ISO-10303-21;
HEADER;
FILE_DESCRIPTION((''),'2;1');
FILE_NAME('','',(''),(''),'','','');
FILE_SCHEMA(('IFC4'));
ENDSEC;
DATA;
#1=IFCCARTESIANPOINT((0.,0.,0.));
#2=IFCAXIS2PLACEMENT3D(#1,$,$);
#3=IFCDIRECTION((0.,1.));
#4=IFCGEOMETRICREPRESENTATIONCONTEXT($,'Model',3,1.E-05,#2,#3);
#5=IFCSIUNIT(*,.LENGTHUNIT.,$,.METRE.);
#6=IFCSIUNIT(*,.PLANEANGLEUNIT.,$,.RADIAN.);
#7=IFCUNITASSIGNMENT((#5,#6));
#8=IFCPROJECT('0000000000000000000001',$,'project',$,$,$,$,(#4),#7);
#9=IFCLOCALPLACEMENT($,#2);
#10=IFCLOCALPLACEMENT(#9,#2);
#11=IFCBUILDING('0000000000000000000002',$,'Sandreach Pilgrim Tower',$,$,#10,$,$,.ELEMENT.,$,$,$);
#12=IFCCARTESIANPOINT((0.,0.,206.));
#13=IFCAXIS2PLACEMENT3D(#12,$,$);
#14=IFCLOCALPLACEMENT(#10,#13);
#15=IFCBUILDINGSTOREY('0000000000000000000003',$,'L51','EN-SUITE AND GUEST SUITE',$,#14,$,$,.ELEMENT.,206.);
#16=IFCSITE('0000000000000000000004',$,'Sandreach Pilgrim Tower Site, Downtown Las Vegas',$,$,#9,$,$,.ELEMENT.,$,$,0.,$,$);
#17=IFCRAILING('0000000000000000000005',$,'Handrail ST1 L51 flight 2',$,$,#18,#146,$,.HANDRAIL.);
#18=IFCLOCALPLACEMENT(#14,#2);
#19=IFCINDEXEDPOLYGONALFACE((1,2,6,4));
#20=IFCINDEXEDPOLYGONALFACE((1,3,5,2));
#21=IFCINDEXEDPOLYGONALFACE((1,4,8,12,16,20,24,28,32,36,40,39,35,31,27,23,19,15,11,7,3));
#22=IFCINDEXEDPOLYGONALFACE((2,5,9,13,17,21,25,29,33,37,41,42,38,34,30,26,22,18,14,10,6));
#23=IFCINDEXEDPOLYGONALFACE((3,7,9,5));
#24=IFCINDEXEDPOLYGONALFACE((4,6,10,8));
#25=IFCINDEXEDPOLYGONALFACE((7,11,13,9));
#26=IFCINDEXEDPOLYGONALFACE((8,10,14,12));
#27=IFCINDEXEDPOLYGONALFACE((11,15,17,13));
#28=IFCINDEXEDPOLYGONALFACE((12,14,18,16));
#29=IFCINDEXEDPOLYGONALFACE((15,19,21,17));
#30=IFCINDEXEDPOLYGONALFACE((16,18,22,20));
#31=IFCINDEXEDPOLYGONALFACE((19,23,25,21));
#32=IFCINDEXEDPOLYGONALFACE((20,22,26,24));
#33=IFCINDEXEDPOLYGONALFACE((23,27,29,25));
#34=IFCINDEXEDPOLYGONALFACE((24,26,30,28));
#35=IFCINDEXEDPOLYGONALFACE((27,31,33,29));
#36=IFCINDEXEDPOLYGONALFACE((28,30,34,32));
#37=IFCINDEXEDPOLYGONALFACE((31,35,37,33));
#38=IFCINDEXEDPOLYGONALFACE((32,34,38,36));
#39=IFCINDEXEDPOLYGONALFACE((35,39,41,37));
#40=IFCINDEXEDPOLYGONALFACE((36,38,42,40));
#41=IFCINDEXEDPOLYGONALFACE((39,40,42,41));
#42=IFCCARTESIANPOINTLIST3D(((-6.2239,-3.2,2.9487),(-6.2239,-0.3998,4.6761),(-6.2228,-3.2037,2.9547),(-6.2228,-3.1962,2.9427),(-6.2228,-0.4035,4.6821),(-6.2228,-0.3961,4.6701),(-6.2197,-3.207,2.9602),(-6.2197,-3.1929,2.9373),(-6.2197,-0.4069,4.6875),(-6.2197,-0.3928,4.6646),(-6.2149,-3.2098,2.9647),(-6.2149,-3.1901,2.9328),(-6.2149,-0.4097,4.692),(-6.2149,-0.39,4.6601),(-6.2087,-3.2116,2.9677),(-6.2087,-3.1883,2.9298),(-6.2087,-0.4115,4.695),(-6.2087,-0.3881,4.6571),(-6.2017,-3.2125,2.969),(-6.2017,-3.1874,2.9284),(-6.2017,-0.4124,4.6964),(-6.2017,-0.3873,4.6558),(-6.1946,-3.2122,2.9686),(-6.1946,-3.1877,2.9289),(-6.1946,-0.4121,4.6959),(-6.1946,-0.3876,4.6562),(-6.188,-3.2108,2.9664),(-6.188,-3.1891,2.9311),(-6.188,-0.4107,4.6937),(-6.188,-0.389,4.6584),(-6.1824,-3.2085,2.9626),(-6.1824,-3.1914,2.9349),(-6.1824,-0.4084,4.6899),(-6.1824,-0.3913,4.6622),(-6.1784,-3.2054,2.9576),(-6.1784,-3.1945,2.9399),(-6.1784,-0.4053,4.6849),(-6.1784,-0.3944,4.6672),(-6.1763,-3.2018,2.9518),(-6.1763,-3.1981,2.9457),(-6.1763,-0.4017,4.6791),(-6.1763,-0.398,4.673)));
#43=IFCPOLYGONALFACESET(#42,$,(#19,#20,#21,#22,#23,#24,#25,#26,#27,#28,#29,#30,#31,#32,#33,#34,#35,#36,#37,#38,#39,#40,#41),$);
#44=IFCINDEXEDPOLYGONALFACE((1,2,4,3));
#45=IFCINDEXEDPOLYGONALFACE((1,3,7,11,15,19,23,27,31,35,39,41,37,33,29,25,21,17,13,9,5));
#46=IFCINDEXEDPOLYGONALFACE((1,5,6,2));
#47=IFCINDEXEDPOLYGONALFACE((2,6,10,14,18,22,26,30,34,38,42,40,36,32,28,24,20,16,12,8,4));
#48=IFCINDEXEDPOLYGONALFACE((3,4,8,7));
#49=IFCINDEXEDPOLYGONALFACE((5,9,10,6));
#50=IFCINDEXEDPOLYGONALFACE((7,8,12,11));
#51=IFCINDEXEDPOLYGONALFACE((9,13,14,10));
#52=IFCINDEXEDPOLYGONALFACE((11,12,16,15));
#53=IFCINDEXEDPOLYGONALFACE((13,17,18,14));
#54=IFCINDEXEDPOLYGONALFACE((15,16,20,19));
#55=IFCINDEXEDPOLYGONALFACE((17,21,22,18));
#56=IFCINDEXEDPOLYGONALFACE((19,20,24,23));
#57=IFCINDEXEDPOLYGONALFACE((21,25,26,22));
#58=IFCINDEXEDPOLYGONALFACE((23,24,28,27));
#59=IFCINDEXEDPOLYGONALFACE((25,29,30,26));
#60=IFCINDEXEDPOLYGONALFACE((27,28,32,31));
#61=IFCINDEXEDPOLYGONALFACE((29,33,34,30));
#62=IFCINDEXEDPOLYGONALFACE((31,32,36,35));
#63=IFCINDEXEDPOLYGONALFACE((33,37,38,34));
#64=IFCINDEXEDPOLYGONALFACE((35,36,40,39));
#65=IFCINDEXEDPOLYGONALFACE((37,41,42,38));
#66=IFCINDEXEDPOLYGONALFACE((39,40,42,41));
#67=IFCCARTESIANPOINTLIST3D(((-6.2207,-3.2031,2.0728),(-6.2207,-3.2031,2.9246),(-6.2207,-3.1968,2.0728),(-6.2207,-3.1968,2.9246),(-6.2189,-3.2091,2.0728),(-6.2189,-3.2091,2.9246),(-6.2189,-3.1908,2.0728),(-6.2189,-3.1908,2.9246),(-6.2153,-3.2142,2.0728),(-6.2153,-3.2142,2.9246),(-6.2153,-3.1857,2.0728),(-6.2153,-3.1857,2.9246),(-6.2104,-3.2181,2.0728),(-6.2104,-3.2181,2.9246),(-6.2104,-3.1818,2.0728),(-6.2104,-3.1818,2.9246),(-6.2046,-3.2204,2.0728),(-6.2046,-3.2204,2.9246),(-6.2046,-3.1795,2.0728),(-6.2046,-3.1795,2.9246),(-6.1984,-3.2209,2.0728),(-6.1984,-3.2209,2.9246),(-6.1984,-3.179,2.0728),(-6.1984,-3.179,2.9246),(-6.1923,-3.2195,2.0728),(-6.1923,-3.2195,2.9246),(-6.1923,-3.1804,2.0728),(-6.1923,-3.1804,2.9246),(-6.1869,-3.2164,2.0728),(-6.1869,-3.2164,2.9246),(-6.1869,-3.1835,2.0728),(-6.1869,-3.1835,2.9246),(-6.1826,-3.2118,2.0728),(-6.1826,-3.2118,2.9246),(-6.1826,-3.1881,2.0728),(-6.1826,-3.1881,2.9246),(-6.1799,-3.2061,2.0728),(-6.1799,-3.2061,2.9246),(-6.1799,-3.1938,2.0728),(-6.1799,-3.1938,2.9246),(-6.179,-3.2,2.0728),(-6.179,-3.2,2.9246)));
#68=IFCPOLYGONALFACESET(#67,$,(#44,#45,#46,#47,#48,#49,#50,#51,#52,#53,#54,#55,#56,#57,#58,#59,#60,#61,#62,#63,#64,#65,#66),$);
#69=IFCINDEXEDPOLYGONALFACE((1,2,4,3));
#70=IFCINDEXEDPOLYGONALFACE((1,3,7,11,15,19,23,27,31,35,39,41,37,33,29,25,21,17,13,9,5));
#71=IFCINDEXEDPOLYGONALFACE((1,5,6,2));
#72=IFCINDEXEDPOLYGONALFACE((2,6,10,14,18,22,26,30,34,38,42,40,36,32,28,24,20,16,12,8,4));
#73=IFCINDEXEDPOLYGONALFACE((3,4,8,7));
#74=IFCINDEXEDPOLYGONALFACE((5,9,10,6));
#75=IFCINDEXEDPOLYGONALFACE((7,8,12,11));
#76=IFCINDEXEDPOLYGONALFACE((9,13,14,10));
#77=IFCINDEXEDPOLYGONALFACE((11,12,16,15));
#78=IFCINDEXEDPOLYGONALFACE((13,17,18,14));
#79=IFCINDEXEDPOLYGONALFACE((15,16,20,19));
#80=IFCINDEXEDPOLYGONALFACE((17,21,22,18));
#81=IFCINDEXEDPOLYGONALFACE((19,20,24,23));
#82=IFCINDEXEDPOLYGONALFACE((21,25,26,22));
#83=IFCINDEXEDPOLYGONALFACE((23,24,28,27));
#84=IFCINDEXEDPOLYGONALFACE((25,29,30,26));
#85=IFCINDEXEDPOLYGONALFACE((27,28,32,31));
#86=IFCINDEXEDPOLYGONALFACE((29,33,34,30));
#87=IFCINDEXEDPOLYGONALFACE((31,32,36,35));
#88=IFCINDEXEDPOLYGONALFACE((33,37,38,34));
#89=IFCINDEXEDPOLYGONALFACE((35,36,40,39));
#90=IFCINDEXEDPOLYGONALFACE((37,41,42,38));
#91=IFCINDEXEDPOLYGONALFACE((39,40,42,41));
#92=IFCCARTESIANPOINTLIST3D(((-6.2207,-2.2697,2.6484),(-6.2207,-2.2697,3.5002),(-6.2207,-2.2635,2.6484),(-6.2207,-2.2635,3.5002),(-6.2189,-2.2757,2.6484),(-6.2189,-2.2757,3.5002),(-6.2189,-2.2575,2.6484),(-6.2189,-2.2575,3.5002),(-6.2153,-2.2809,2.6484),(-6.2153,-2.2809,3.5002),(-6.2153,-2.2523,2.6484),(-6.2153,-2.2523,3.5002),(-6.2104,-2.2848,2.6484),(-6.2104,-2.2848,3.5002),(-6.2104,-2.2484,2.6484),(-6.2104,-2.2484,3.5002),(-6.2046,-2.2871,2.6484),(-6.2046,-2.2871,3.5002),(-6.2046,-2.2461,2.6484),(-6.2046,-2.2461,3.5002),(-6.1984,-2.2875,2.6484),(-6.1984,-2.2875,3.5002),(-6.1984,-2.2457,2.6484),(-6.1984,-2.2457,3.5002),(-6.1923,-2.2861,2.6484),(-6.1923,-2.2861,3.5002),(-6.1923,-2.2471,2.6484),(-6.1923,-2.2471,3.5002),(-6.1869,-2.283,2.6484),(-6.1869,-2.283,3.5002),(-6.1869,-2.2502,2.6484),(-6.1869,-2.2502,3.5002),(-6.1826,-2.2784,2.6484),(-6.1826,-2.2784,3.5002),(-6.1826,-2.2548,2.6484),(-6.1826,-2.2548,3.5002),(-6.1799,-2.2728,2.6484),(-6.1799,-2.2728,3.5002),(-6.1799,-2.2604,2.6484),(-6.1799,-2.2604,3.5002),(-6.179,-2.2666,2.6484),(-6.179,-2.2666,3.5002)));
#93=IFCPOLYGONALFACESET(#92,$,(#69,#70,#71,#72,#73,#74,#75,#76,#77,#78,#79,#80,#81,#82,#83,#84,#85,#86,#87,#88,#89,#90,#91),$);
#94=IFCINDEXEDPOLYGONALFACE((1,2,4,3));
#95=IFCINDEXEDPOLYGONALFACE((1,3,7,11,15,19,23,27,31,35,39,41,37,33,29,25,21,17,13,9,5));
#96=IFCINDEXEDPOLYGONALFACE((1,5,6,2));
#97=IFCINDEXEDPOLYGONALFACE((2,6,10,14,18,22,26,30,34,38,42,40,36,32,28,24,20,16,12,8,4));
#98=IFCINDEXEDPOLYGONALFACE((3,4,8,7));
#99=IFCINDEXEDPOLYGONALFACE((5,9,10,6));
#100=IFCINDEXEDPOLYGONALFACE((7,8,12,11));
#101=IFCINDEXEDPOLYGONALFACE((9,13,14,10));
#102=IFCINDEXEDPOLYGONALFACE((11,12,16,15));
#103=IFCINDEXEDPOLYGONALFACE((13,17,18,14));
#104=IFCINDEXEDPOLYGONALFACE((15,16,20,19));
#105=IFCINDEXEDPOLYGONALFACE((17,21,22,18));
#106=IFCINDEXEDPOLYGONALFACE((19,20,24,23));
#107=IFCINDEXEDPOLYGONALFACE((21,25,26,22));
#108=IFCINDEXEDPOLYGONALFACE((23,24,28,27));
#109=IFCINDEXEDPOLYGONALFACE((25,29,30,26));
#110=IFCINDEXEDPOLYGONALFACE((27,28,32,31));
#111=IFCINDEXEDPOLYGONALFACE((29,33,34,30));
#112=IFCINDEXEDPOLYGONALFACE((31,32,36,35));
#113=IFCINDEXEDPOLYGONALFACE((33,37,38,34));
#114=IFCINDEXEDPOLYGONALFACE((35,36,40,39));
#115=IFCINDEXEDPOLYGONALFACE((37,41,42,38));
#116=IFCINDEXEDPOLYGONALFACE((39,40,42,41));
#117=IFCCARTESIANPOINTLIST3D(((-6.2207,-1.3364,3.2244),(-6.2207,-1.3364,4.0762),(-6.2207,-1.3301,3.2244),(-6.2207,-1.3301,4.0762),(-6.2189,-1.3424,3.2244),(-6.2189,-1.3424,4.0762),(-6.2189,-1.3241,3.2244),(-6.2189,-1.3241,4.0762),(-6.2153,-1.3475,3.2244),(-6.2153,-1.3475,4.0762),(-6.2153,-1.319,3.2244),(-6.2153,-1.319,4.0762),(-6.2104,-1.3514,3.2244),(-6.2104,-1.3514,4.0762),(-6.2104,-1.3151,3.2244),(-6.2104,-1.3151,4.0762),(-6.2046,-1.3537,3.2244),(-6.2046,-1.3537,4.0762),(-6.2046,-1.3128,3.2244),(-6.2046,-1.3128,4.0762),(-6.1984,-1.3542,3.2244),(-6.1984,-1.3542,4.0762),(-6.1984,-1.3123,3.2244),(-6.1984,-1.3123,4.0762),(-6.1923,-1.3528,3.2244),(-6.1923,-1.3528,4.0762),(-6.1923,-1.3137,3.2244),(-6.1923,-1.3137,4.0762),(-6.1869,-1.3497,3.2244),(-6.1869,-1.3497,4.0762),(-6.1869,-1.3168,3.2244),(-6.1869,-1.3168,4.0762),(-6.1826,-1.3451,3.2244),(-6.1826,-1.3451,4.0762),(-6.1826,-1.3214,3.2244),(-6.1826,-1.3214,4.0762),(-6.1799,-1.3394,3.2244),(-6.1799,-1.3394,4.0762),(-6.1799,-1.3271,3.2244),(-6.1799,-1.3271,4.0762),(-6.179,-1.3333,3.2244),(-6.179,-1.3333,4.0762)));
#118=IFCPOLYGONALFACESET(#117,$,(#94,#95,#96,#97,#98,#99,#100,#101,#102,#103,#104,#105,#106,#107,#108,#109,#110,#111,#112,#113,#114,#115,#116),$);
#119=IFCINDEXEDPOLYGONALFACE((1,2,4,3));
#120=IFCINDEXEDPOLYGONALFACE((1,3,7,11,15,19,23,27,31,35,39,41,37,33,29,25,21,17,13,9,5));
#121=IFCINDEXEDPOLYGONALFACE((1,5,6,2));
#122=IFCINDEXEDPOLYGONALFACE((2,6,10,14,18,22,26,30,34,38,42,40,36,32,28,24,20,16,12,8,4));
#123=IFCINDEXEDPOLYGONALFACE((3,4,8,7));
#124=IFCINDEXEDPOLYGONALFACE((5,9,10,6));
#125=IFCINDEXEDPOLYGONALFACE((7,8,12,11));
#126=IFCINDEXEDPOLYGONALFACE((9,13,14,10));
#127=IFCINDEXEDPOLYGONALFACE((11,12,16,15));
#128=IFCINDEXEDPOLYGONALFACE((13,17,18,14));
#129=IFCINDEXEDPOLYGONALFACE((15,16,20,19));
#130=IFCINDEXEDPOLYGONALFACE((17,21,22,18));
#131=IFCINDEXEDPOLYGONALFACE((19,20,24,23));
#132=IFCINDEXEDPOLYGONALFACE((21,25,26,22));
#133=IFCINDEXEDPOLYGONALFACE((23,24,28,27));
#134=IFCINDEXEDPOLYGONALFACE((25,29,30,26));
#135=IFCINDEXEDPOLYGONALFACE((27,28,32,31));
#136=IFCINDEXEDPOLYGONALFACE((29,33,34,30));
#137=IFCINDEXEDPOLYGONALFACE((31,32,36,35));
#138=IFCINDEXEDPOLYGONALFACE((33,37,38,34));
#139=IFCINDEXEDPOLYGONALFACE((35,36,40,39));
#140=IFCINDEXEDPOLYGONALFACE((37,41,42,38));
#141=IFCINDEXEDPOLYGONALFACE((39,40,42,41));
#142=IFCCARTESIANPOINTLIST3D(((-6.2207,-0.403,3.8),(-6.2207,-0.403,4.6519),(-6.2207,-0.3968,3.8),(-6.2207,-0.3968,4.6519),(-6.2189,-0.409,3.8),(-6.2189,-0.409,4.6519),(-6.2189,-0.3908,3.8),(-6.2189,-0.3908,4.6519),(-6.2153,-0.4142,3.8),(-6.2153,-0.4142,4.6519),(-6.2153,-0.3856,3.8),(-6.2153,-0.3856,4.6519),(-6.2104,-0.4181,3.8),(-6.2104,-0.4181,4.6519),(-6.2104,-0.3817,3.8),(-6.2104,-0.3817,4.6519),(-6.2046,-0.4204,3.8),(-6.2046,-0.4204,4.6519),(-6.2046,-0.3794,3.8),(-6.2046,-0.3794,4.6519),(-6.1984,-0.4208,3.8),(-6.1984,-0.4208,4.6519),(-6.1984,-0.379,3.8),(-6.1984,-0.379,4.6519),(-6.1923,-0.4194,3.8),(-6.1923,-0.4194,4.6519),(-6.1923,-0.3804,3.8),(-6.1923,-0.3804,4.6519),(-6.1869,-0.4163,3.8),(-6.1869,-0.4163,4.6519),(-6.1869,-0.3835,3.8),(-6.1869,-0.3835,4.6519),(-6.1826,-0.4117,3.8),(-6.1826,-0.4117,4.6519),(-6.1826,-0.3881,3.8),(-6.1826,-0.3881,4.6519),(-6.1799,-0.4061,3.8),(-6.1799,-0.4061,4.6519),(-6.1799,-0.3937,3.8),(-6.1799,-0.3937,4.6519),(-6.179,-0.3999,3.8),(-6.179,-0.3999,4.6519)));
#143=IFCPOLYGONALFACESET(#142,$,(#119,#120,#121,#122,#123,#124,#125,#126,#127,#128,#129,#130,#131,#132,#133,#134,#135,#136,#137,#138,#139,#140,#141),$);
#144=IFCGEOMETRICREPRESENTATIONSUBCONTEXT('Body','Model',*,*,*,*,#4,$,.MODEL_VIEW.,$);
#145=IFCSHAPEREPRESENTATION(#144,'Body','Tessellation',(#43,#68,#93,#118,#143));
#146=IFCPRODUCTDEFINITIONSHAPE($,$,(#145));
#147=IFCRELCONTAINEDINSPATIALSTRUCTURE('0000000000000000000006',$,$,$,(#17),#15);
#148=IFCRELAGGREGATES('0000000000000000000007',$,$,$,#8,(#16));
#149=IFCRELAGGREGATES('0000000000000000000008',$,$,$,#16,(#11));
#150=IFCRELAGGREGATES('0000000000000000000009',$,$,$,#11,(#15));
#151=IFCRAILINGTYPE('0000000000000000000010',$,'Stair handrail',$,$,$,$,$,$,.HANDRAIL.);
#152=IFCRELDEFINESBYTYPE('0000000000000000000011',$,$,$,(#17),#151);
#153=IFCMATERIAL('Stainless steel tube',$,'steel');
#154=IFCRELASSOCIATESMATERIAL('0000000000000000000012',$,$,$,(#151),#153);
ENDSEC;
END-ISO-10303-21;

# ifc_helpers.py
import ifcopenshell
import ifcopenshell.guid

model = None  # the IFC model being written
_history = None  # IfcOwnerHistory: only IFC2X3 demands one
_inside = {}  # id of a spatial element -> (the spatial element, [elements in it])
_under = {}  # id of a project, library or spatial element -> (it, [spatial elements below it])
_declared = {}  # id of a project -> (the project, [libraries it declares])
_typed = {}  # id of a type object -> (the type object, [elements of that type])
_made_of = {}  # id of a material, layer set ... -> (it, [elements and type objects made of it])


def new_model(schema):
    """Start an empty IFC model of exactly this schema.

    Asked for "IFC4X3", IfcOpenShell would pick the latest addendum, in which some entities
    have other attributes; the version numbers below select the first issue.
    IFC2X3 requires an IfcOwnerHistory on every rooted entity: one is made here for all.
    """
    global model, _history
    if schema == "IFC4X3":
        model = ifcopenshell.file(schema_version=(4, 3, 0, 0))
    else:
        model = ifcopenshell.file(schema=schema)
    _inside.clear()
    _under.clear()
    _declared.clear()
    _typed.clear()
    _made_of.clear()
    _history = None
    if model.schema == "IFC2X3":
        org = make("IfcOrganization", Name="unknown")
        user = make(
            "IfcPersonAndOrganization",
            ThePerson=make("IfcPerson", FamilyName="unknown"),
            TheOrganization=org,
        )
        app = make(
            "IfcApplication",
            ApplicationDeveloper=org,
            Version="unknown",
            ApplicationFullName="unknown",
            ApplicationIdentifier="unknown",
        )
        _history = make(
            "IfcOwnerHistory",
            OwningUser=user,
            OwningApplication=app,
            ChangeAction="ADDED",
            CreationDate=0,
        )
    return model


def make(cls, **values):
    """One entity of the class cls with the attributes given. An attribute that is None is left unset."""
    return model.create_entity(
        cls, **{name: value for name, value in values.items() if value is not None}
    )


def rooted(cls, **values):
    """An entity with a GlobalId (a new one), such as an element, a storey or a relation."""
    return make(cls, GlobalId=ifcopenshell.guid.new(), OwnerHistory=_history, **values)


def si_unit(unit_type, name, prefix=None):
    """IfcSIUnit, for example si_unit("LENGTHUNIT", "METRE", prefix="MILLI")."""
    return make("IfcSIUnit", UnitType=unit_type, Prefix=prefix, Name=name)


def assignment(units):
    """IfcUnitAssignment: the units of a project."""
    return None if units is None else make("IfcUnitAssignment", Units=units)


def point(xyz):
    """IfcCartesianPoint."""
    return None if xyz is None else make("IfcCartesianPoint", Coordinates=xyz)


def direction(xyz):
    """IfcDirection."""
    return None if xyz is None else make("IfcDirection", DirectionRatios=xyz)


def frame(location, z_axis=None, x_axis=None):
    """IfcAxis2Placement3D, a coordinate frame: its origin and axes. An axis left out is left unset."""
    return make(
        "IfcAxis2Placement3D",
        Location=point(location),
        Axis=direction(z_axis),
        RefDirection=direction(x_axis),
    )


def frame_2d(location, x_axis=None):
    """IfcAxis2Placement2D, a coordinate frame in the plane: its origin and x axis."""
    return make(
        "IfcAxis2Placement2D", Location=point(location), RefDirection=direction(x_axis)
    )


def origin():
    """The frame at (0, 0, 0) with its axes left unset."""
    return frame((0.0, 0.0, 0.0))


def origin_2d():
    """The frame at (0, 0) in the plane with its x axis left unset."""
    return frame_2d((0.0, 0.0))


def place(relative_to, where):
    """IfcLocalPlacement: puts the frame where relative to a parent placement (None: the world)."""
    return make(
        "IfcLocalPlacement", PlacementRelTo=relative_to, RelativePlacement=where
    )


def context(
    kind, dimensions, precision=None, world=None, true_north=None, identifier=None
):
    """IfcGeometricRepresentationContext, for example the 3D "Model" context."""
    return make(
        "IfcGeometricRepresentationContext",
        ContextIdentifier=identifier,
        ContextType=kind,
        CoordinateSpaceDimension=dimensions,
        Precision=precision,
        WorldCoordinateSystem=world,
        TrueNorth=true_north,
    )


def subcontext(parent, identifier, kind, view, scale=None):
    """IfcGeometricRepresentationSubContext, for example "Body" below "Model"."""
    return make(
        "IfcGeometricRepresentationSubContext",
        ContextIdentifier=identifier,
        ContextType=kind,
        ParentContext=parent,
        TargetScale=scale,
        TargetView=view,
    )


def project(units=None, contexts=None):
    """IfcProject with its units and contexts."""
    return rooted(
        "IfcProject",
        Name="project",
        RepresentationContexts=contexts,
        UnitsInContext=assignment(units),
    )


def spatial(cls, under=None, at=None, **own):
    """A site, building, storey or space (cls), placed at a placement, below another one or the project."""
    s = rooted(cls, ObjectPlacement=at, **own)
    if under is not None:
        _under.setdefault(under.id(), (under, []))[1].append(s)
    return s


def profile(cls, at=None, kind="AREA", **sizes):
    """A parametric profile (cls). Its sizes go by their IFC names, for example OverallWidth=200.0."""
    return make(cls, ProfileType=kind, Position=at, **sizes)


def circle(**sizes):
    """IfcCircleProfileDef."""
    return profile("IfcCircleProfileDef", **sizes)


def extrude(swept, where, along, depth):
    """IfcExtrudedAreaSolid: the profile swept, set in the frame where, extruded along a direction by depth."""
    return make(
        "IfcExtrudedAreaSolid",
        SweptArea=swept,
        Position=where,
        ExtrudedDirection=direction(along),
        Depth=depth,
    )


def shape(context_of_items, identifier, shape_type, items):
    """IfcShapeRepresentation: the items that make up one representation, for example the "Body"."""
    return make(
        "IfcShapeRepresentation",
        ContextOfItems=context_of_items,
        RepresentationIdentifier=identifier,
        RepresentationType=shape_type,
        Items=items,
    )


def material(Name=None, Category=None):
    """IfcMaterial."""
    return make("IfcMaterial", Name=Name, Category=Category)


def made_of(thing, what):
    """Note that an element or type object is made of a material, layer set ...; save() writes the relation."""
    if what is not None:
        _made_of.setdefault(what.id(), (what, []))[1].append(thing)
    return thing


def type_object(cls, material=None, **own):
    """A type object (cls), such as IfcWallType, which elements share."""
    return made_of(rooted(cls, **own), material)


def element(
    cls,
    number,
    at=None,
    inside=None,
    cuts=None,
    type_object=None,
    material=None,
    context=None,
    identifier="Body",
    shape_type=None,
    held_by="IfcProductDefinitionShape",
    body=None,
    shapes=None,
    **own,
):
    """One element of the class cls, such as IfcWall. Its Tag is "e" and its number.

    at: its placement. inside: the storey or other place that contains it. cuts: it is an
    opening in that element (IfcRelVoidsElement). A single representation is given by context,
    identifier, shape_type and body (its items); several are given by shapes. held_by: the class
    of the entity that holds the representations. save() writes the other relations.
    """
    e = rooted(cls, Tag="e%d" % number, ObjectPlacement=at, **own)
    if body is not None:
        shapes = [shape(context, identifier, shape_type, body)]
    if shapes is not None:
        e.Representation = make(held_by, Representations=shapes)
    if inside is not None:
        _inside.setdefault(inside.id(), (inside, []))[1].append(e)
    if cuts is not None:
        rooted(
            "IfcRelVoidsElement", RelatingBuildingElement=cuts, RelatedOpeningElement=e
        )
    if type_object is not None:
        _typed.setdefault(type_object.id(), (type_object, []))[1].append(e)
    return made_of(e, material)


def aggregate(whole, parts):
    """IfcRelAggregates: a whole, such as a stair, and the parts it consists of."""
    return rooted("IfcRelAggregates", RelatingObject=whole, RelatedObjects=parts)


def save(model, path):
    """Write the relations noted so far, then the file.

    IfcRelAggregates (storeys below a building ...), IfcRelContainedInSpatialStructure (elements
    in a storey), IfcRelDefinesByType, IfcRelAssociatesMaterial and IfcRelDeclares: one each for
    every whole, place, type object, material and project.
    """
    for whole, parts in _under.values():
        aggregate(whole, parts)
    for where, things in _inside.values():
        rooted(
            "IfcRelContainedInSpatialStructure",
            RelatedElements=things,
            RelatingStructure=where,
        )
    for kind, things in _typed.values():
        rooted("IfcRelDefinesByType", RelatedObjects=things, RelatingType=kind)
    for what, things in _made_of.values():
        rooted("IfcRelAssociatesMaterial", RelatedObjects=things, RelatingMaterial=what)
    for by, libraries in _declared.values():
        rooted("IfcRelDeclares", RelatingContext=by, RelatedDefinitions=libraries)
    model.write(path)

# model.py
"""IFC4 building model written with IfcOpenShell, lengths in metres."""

from ifc_helpers import new_model, si_unit, direction, frame, origin, origin_2d, place, context, subcontext, project, spatial, circle, extrude, material, type_object, element, save


model = new_model("IFC4")

# Units and contexts
model_context = context("Model", 3, precision=1e-05, world=origin(), true_north=direction((0.0, 1.0)))
body_context = subcontext(model_context, "Body", "Model", "MODEL_VIEW")
ifc_project = project(units=[si_unit("LENGTHUNIT", "METRE"), si_unit("PLANEANGLEUNIT", "RADIAN")], contexts=[model_context])

# Site, building, storey
site_placement = place(None, origin())
site = spatial("IfcSite", under=ifc_project, at=site_placement, Name="Sandreach Pilgrim Tower Site, Downtown Las Vegas", CompositionType="ELEMENT", RefElevation=0.0)
building_placement = place(site_placement, origin())
building = spatial("IfcBuilding", under=site, at=building_placement, Name="Sandreach Pilgrim Tower", CompositionType="ELEMENT")
storey_placement = place(building_placement, frame((0.0, 0.0, 206.0)))
storey = spatial("IfcBuildingStorey", under=building, at=storey_placement, Name="L51", Description="EN-SUITE AND GUEST SUITE", CompositionType="ELEMENT", Elevation=206.0)

# Railing
ifc_material_1 = material(Name="Stainless steel tube", Category="steel")
railing_type = type_object("IfcRailingType", Name="Stair handrail", PredefinedType="HANDRAIL", material=ifc_material_1)
for number, where, name in (
    (1, (-6.2, -3.2, 2.0728), "Handrail ST1 L51 flight 2"),
):
    element("IfcRailing", number, at=place(storey_placement, frame(where)), inside=storey, type_object=railing_type, Name=name, PredefinedType="HANDRAIL", context=body_context, shape_type="SweptSolid", body=[
        extrude(circle(Radius=0.0239, at=origin_2d()), frame((0.0, 0.0, 0.876), z_axis=(0.0, 0.85109, 0.52502), x_axis=(-1.0, 0.0, 0.0)), (0.0, 0.0, 1.0), 3.29),
        extrude(circle(Radius=0.021, at=origin_2d()), origin(), (0.0, 0.0, 1.0), 0.8518),
        extrude(circle(Radius=0.021, at=origin_2d()), frame((0.0, 0.9333, 0.5757)), (0.0, 0.0, 1.0), 0.8518),
        extrude(circle(Radius=0.021, at=origin_2d()), frame((0.0, 1.8667, 1.1516)), (0.0, 0.0, 1.0), 0.8518),
        extrude(circle(Radius=0.021, at=origin_2d()), frame((0.0, 2.8, 1.7273)), (0.0, 0.0, 1.0), 0.8518),
    ])

save(model, "model.ifc")
